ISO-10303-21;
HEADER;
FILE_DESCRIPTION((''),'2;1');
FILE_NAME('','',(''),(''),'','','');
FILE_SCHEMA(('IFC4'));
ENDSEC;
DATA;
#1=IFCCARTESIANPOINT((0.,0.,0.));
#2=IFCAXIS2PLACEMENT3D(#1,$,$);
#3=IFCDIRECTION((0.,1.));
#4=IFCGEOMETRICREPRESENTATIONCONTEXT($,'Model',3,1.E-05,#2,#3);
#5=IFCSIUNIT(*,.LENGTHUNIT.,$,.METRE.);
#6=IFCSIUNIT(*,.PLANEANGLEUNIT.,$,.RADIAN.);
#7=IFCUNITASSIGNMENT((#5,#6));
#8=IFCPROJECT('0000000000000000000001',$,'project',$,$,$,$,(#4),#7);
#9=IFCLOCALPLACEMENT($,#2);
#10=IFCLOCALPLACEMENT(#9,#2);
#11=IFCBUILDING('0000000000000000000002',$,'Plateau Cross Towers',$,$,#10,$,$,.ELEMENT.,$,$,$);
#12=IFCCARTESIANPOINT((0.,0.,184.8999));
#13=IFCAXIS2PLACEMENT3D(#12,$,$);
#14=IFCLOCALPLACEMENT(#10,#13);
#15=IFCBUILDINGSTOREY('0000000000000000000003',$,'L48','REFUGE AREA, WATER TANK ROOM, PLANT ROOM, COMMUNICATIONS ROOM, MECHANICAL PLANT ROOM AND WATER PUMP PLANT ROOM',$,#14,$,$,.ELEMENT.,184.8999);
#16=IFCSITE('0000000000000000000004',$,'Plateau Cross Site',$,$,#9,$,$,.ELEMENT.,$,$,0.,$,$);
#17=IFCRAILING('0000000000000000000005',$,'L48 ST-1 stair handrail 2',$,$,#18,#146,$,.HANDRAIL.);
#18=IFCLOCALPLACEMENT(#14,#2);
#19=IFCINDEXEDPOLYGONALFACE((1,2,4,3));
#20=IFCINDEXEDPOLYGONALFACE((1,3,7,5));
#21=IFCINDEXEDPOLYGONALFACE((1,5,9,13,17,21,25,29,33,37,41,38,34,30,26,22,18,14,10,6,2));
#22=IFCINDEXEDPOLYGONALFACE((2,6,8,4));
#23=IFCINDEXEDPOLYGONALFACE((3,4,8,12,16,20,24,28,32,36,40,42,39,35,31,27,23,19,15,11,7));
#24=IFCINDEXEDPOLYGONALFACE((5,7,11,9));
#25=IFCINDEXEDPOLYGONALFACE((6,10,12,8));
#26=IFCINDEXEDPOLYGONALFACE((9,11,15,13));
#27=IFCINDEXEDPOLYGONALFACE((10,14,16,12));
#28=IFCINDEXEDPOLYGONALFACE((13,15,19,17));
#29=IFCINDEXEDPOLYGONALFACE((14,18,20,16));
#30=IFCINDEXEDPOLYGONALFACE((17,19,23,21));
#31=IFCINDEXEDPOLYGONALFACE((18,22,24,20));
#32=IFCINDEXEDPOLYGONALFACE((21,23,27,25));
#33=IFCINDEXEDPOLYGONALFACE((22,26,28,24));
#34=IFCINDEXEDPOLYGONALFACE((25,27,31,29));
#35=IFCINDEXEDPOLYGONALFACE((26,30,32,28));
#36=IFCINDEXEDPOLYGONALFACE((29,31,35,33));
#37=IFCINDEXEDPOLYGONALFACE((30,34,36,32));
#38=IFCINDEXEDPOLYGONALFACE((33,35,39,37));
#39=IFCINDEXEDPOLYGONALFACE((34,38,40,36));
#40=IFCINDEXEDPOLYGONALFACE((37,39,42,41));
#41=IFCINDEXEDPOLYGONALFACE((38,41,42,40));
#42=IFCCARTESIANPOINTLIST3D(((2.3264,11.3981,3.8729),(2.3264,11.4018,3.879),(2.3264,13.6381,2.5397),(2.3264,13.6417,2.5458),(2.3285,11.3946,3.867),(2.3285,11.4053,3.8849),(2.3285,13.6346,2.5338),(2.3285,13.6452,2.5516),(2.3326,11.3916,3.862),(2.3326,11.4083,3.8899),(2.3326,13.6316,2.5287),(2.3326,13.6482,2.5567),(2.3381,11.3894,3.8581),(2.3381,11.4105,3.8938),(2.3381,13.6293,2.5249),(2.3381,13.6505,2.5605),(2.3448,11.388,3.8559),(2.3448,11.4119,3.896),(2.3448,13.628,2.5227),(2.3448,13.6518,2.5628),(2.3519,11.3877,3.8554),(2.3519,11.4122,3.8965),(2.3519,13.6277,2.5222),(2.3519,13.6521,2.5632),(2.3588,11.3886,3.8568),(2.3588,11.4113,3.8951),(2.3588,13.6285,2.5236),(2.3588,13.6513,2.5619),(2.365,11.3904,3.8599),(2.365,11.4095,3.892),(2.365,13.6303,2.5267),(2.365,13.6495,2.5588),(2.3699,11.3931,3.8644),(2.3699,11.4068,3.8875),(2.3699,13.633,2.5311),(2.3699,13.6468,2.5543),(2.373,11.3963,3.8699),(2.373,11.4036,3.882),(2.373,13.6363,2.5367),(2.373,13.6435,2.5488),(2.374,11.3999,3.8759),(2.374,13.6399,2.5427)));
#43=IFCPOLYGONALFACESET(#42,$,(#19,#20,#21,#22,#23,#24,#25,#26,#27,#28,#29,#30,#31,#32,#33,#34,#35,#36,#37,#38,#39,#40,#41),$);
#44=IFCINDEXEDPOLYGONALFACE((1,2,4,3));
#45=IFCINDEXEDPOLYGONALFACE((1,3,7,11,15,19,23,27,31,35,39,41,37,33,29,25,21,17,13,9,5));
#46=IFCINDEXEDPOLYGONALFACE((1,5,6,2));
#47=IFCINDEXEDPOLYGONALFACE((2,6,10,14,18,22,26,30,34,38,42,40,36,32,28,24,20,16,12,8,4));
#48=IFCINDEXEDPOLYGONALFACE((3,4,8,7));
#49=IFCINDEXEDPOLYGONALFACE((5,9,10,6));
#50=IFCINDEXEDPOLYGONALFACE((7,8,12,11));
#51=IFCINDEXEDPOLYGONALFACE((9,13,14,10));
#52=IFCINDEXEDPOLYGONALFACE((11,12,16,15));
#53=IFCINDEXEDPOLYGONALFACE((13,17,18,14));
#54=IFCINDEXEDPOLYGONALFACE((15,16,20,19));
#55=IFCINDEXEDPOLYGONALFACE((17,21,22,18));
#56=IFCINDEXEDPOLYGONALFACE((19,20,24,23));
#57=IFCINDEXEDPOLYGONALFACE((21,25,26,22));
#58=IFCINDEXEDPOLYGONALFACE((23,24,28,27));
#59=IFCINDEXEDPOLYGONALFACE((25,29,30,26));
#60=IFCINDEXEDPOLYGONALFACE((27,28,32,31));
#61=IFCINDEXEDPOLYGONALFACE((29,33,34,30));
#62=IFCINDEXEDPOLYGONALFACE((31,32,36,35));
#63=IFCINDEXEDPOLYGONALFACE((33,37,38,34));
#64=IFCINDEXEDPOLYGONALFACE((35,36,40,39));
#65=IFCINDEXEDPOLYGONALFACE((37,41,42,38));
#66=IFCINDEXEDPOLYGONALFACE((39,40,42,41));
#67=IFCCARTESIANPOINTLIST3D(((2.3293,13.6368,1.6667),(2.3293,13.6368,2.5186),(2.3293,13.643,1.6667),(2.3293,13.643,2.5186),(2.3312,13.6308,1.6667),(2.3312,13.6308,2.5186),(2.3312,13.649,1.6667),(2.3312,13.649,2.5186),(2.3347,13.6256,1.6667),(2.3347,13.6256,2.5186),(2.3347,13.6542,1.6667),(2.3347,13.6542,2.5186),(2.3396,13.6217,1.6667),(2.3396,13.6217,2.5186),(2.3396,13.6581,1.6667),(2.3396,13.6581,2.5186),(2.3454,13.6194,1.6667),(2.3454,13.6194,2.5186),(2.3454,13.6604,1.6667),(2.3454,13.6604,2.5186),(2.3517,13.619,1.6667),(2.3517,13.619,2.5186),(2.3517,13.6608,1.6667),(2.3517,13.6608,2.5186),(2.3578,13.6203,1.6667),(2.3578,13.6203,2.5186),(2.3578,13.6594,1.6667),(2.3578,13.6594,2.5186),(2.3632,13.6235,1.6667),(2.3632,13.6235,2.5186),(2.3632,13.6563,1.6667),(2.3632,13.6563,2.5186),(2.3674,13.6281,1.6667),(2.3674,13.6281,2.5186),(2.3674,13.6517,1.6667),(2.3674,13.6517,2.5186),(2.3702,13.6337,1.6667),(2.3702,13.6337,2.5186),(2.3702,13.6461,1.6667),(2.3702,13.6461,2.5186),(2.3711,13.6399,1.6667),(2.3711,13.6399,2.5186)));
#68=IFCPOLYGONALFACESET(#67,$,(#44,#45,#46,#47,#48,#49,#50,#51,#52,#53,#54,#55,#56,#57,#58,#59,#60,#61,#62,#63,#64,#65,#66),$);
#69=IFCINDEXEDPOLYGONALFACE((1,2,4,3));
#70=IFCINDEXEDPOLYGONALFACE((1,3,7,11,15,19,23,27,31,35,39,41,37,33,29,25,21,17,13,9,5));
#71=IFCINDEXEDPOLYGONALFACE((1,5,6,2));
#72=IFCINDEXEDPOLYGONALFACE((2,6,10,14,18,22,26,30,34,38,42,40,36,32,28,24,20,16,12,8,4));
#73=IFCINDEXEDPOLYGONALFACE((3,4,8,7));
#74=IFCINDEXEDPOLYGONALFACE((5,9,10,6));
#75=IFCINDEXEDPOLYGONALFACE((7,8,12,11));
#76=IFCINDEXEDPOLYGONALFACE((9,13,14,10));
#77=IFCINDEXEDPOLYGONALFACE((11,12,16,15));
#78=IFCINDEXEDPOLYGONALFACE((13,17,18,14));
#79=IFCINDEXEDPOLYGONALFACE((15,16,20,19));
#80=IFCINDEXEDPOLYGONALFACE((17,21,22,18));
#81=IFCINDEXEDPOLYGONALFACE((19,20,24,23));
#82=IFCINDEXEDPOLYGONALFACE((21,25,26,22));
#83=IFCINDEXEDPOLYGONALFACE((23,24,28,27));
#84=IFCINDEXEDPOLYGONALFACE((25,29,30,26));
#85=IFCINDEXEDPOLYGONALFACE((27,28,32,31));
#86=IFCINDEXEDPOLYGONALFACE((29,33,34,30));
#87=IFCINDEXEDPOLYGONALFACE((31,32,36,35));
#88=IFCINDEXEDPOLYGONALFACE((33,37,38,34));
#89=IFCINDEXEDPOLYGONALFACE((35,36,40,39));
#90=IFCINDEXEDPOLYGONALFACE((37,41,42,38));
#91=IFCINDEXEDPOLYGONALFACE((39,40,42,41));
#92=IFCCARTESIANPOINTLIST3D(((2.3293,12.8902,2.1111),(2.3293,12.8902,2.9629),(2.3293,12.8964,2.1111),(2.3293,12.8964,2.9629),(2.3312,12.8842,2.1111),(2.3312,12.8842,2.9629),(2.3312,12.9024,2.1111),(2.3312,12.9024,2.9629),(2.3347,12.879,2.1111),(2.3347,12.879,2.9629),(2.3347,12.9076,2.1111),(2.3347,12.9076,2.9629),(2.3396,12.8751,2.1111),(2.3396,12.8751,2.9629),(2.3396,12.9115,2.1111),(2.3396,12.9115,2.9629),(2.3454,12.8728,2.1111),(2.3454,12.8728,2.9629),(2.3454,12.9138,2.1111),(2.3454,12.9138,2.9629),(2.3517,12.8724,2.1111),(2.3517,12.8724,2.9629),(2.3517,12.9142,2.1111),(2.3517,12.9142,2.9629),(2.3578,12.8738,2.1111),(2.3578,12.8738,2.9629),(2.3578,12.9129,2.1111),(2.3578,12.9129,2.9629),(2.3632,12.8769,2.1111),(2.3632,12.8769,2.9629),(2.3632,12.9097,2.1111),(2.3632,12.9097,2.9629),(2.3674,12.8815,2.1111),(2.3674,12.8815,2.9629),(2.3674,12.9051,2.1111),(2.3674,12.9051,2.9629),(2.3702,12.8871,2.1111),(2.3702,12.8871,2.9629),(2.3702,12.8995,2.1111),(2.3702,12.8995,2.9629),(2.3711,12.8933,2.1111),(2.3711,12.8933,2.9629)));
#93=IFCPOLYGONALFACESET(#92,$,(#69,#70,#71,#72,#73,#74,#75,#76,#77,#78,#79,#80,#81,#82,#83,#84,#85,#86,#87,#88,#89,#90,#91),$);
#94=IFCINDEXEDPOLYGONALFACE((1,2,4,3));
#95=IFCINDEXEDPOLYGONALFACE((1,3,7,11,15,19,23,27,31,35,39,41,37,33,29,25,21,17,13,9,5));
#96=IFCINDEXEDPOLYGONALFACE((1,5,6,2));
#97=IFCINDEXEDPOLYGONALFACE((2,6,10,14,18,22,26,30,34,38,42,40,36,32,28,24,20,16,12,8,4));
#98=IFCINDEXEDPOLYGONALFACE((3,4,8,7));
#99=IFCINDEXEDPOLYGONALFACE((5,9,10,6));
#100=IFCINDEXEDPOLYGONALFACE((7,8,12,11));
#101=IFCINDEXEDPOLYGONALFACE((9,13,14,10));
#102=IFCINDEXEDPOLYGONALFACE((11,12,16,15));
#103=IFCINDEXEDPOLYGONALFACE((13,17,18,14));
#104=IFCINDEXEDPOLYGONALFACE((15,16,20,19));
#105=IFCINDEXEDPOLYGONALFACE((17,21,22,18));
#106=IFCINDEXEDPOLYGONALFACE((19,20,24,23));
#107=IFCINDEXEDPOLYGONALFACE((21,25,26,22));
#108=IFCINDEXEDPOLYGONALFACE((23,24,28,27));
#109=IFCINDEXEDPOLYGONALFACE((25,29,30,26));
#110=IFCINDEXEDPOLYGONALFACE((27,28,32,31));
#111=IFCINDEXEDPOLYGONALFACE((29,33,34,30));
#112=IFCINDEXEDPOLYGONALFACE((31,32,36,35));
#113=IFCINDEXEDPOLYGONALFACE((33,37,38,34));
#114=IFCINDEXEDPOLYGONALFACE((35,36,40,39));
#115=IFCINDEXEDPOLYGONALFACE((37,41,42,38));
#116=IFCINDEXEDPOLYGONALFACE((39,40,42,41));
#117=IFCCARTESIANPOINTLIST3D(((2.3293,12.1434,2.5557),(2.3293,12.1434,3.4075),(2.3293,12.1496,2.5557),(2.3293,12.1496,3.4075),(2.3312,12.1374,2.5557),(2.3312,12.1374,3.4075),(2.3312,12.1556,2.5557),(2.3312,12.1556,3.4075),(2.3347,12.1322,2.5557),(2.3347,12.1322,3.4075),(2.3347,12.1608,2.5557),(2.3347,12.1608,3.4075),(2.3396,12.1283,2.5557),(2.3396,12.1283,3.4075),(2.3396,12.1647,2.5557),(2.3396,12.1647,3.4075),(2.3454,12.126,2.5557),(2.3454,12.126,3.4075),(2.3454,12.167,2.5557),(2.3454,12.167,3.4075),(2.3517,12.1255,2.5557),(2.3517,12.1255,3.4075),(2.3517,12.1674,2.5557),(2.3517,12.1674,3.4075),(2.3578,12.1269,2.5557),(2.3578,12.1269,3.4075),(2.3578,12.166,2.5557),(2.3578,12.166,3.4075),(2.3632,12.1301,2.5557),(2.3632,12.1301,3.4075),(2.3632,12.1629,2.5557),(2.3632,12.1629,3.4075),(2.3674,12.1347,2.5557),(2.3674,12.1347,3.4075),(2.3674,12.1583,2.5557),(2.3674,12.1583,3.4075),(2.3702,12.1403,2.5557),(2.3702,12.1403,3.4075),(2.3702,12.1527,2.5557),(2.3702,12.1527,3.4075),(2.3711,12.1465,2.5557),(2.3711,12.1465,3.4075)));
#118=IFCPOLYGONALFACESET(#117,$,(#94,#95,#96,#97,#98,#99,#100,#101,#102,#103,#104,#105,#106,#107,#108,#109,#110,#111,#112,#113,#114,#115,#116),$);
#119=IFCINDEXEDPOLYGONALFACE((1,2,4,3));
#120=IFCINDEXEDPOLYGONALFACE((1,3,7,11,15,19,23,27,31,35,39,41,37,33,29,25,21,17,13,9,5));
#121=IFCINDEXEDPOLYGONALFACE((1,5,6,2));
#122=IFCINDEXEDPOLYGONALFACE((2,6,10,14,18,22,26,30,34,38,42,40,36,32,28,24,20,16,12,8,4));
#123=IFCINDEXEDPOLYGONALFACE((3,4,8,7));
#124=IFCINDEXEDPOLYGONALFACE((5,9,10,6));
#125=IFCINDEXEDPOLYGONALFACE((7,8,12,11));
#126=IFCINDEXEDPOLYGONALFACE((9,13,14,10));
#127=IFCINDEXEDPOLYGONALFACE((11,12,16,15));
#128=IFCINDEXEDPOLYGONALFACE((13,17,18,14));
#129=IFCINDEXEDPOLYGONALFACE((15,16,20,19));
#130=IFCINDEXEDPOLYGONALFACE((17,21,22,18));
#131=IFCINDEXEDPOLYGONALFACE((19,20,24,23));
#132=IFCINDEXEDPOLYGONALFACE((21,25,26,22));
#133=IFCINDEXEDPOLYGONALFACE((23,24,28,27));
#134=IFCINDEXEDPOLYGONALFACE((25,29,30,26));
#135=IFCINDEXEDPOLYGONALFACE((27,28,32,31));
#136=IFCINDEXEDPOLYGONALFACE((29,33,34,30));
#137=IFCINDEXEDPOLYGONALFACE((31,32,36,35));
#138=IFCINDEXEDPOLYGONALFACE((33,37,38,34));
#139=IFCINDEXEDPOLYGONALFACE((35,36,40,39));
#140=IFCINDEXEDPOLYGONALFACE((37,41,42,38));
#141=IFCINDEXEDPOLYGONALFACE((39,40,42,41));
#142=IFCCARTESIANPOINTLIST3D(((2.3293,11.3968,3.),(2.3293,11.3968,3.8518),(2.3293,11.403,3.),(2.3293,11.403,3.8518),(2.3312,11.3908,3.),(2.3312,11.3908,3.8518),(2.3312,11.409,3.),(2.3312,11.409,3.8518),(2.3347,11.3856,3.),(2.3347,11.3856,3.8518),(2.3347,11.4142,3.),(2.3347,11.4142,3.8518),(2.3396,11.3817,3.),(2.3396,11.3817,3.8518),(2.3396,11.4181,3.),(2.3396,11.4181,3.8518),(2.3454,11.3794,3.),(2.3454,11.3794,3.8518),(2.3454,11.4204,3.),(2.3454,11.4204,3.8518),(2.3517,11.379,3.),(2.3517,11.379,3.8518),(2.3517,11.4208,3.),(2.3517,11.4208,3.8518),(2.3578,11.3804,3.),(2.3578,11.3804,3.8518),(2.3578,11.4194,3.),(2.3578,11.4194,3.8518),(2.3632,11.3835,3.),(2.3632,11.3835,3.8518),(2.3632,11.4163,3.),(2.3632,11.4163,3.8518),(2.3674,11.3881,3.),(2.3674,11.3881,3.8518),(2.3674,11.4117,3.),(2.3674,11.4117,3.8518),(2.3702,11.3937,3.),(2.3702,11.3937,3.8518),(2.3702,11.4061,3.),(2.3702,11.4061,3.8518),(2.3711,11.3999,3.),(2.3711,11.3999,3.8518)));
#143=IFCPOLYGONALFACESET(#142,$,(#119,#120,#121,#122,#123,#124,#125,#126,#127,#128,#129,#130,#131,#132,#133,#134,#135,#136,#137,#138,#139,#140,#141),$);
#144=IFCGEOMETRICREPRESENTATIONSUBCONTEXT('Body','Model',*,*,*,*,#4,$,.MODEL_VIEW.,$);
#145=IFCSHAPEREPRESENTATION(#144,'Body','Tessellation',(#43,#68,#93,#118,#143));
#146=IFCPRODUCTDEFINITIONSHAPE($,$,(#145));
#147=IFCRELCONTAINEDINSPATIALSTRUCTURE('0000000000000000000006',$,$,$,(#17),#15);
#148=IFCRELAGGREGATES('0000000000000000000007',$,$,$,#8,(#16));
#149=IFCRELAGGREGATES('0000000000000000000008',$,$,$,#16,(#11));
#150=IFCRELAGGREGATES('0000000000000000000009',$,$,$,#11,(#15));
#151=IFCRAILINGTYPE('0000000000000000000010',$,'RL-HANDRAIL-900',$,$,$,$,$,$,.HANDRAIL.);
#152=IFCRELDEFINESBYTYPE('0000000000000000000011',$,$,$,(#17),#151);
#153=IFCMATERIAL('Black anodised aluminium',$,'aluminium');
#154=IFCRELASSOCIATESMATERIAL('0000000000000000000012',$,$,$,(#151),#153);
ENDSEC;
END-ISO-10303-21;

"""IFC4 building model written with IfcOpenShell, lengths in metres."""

from ifc_helpers import new_model, si_unit, direction, frame, origin, origin_2d, place, context, subcontext, project, spatial, circle, extrude, material, type_object, element, save


model = new_model("IFC4")

# Units and contexts
model_context = context("Model", 3, precision=1e-05, world=origin(), true_north=direction((0.0, 1.0)))
body_context = subcontext(model_context, "Body", "Model", "MODEL_VIEW")
ifc_project = project(units=[si_unit("LENGTHUNIT", "METRE"), si_unit("PLANEANGLEUNIT", "RADIAN")], contexts=[model_context])

# Site, building, storey
site_placement = place(None, origin())
site = spatial("IfcSite", under=ifc_project, at=site_placement, Name="Plateau Cross Site", CompositionType="ELEMENT", RefElevation=0.0)
building_placement = place(site_placement, origin())
building = spatial("IfcBuilding", under=site, at=building_placement, Name="Plateau Cross Towers", CompositionType="ELEMENT")
storey_placement = place(building_placement, frame((0.0, 0.0, 184.8999)))
storey = spatial("IfcBuildingStorey", under=building, at=storey_placement, Name="L48", Description="REFUGE AREA, WATER TANK ROOM, PLANT ROOM, COMMUNICATIONS ROOM, MECHANICAL PLANT ROOM AND WATER PUMP PLANT ROOM", CompositionType="ELEMENT", Elevation=184.8999)

# Shared definitions
ifc_material_1 = material(Name="Black anodised aluminium", Category="aluminium")

# Railing
railing_type_1 = type_object("IfcRailingType", Name="RL-HANDRAIL-900", PredefinedType="HANDRAIL", material=ifc_material_1)
railing_1_placement = place(storey_placement, frame((2.3501, 13.6399, 1.6667)))
element("IfcRailing", 1, at=railing_1_placement, inside=storey, type_object=railing_type_1, Name="L48 ST-1 stair handrail 2", PredefinedType="HANDRAIL", context=body_context, shape_type="SweptSolid", body=[
    extrude(circle(Radius=0.0239, at=origin_2d()), frame((0.0, 0.0, 0.876), z_axis=(0.0, -0.859306, 0.511462), x_axis=(1.0, 0.0, 0.0)), (0.0, 0.0, 1.0), 2.6067),
    extrude(circle(Radius=0.021, at=origin_2d()), origin(), (0.0, 0.0, 1.0), 0.8518),
    extrude(circle(Radius=0.021, at=origin_2d()), frame((0.0, -0.7466, 0.4443)), (0.0, 0.0, 1.0), 0.8518),
    extrude(circle(Radius=0.021, at=origin_2d()), frame((0.0, -1.4934, 0.8889)), (0.0, 0.0, 1.0), 0.8518),
    extrude(circle(Radius=0.021, at=origin_2d()), frame((0.0, -2.24, 1.3333)), (0.0, 0.0, 1.0), 0.8518),
])

save(model, "model.ifc")
